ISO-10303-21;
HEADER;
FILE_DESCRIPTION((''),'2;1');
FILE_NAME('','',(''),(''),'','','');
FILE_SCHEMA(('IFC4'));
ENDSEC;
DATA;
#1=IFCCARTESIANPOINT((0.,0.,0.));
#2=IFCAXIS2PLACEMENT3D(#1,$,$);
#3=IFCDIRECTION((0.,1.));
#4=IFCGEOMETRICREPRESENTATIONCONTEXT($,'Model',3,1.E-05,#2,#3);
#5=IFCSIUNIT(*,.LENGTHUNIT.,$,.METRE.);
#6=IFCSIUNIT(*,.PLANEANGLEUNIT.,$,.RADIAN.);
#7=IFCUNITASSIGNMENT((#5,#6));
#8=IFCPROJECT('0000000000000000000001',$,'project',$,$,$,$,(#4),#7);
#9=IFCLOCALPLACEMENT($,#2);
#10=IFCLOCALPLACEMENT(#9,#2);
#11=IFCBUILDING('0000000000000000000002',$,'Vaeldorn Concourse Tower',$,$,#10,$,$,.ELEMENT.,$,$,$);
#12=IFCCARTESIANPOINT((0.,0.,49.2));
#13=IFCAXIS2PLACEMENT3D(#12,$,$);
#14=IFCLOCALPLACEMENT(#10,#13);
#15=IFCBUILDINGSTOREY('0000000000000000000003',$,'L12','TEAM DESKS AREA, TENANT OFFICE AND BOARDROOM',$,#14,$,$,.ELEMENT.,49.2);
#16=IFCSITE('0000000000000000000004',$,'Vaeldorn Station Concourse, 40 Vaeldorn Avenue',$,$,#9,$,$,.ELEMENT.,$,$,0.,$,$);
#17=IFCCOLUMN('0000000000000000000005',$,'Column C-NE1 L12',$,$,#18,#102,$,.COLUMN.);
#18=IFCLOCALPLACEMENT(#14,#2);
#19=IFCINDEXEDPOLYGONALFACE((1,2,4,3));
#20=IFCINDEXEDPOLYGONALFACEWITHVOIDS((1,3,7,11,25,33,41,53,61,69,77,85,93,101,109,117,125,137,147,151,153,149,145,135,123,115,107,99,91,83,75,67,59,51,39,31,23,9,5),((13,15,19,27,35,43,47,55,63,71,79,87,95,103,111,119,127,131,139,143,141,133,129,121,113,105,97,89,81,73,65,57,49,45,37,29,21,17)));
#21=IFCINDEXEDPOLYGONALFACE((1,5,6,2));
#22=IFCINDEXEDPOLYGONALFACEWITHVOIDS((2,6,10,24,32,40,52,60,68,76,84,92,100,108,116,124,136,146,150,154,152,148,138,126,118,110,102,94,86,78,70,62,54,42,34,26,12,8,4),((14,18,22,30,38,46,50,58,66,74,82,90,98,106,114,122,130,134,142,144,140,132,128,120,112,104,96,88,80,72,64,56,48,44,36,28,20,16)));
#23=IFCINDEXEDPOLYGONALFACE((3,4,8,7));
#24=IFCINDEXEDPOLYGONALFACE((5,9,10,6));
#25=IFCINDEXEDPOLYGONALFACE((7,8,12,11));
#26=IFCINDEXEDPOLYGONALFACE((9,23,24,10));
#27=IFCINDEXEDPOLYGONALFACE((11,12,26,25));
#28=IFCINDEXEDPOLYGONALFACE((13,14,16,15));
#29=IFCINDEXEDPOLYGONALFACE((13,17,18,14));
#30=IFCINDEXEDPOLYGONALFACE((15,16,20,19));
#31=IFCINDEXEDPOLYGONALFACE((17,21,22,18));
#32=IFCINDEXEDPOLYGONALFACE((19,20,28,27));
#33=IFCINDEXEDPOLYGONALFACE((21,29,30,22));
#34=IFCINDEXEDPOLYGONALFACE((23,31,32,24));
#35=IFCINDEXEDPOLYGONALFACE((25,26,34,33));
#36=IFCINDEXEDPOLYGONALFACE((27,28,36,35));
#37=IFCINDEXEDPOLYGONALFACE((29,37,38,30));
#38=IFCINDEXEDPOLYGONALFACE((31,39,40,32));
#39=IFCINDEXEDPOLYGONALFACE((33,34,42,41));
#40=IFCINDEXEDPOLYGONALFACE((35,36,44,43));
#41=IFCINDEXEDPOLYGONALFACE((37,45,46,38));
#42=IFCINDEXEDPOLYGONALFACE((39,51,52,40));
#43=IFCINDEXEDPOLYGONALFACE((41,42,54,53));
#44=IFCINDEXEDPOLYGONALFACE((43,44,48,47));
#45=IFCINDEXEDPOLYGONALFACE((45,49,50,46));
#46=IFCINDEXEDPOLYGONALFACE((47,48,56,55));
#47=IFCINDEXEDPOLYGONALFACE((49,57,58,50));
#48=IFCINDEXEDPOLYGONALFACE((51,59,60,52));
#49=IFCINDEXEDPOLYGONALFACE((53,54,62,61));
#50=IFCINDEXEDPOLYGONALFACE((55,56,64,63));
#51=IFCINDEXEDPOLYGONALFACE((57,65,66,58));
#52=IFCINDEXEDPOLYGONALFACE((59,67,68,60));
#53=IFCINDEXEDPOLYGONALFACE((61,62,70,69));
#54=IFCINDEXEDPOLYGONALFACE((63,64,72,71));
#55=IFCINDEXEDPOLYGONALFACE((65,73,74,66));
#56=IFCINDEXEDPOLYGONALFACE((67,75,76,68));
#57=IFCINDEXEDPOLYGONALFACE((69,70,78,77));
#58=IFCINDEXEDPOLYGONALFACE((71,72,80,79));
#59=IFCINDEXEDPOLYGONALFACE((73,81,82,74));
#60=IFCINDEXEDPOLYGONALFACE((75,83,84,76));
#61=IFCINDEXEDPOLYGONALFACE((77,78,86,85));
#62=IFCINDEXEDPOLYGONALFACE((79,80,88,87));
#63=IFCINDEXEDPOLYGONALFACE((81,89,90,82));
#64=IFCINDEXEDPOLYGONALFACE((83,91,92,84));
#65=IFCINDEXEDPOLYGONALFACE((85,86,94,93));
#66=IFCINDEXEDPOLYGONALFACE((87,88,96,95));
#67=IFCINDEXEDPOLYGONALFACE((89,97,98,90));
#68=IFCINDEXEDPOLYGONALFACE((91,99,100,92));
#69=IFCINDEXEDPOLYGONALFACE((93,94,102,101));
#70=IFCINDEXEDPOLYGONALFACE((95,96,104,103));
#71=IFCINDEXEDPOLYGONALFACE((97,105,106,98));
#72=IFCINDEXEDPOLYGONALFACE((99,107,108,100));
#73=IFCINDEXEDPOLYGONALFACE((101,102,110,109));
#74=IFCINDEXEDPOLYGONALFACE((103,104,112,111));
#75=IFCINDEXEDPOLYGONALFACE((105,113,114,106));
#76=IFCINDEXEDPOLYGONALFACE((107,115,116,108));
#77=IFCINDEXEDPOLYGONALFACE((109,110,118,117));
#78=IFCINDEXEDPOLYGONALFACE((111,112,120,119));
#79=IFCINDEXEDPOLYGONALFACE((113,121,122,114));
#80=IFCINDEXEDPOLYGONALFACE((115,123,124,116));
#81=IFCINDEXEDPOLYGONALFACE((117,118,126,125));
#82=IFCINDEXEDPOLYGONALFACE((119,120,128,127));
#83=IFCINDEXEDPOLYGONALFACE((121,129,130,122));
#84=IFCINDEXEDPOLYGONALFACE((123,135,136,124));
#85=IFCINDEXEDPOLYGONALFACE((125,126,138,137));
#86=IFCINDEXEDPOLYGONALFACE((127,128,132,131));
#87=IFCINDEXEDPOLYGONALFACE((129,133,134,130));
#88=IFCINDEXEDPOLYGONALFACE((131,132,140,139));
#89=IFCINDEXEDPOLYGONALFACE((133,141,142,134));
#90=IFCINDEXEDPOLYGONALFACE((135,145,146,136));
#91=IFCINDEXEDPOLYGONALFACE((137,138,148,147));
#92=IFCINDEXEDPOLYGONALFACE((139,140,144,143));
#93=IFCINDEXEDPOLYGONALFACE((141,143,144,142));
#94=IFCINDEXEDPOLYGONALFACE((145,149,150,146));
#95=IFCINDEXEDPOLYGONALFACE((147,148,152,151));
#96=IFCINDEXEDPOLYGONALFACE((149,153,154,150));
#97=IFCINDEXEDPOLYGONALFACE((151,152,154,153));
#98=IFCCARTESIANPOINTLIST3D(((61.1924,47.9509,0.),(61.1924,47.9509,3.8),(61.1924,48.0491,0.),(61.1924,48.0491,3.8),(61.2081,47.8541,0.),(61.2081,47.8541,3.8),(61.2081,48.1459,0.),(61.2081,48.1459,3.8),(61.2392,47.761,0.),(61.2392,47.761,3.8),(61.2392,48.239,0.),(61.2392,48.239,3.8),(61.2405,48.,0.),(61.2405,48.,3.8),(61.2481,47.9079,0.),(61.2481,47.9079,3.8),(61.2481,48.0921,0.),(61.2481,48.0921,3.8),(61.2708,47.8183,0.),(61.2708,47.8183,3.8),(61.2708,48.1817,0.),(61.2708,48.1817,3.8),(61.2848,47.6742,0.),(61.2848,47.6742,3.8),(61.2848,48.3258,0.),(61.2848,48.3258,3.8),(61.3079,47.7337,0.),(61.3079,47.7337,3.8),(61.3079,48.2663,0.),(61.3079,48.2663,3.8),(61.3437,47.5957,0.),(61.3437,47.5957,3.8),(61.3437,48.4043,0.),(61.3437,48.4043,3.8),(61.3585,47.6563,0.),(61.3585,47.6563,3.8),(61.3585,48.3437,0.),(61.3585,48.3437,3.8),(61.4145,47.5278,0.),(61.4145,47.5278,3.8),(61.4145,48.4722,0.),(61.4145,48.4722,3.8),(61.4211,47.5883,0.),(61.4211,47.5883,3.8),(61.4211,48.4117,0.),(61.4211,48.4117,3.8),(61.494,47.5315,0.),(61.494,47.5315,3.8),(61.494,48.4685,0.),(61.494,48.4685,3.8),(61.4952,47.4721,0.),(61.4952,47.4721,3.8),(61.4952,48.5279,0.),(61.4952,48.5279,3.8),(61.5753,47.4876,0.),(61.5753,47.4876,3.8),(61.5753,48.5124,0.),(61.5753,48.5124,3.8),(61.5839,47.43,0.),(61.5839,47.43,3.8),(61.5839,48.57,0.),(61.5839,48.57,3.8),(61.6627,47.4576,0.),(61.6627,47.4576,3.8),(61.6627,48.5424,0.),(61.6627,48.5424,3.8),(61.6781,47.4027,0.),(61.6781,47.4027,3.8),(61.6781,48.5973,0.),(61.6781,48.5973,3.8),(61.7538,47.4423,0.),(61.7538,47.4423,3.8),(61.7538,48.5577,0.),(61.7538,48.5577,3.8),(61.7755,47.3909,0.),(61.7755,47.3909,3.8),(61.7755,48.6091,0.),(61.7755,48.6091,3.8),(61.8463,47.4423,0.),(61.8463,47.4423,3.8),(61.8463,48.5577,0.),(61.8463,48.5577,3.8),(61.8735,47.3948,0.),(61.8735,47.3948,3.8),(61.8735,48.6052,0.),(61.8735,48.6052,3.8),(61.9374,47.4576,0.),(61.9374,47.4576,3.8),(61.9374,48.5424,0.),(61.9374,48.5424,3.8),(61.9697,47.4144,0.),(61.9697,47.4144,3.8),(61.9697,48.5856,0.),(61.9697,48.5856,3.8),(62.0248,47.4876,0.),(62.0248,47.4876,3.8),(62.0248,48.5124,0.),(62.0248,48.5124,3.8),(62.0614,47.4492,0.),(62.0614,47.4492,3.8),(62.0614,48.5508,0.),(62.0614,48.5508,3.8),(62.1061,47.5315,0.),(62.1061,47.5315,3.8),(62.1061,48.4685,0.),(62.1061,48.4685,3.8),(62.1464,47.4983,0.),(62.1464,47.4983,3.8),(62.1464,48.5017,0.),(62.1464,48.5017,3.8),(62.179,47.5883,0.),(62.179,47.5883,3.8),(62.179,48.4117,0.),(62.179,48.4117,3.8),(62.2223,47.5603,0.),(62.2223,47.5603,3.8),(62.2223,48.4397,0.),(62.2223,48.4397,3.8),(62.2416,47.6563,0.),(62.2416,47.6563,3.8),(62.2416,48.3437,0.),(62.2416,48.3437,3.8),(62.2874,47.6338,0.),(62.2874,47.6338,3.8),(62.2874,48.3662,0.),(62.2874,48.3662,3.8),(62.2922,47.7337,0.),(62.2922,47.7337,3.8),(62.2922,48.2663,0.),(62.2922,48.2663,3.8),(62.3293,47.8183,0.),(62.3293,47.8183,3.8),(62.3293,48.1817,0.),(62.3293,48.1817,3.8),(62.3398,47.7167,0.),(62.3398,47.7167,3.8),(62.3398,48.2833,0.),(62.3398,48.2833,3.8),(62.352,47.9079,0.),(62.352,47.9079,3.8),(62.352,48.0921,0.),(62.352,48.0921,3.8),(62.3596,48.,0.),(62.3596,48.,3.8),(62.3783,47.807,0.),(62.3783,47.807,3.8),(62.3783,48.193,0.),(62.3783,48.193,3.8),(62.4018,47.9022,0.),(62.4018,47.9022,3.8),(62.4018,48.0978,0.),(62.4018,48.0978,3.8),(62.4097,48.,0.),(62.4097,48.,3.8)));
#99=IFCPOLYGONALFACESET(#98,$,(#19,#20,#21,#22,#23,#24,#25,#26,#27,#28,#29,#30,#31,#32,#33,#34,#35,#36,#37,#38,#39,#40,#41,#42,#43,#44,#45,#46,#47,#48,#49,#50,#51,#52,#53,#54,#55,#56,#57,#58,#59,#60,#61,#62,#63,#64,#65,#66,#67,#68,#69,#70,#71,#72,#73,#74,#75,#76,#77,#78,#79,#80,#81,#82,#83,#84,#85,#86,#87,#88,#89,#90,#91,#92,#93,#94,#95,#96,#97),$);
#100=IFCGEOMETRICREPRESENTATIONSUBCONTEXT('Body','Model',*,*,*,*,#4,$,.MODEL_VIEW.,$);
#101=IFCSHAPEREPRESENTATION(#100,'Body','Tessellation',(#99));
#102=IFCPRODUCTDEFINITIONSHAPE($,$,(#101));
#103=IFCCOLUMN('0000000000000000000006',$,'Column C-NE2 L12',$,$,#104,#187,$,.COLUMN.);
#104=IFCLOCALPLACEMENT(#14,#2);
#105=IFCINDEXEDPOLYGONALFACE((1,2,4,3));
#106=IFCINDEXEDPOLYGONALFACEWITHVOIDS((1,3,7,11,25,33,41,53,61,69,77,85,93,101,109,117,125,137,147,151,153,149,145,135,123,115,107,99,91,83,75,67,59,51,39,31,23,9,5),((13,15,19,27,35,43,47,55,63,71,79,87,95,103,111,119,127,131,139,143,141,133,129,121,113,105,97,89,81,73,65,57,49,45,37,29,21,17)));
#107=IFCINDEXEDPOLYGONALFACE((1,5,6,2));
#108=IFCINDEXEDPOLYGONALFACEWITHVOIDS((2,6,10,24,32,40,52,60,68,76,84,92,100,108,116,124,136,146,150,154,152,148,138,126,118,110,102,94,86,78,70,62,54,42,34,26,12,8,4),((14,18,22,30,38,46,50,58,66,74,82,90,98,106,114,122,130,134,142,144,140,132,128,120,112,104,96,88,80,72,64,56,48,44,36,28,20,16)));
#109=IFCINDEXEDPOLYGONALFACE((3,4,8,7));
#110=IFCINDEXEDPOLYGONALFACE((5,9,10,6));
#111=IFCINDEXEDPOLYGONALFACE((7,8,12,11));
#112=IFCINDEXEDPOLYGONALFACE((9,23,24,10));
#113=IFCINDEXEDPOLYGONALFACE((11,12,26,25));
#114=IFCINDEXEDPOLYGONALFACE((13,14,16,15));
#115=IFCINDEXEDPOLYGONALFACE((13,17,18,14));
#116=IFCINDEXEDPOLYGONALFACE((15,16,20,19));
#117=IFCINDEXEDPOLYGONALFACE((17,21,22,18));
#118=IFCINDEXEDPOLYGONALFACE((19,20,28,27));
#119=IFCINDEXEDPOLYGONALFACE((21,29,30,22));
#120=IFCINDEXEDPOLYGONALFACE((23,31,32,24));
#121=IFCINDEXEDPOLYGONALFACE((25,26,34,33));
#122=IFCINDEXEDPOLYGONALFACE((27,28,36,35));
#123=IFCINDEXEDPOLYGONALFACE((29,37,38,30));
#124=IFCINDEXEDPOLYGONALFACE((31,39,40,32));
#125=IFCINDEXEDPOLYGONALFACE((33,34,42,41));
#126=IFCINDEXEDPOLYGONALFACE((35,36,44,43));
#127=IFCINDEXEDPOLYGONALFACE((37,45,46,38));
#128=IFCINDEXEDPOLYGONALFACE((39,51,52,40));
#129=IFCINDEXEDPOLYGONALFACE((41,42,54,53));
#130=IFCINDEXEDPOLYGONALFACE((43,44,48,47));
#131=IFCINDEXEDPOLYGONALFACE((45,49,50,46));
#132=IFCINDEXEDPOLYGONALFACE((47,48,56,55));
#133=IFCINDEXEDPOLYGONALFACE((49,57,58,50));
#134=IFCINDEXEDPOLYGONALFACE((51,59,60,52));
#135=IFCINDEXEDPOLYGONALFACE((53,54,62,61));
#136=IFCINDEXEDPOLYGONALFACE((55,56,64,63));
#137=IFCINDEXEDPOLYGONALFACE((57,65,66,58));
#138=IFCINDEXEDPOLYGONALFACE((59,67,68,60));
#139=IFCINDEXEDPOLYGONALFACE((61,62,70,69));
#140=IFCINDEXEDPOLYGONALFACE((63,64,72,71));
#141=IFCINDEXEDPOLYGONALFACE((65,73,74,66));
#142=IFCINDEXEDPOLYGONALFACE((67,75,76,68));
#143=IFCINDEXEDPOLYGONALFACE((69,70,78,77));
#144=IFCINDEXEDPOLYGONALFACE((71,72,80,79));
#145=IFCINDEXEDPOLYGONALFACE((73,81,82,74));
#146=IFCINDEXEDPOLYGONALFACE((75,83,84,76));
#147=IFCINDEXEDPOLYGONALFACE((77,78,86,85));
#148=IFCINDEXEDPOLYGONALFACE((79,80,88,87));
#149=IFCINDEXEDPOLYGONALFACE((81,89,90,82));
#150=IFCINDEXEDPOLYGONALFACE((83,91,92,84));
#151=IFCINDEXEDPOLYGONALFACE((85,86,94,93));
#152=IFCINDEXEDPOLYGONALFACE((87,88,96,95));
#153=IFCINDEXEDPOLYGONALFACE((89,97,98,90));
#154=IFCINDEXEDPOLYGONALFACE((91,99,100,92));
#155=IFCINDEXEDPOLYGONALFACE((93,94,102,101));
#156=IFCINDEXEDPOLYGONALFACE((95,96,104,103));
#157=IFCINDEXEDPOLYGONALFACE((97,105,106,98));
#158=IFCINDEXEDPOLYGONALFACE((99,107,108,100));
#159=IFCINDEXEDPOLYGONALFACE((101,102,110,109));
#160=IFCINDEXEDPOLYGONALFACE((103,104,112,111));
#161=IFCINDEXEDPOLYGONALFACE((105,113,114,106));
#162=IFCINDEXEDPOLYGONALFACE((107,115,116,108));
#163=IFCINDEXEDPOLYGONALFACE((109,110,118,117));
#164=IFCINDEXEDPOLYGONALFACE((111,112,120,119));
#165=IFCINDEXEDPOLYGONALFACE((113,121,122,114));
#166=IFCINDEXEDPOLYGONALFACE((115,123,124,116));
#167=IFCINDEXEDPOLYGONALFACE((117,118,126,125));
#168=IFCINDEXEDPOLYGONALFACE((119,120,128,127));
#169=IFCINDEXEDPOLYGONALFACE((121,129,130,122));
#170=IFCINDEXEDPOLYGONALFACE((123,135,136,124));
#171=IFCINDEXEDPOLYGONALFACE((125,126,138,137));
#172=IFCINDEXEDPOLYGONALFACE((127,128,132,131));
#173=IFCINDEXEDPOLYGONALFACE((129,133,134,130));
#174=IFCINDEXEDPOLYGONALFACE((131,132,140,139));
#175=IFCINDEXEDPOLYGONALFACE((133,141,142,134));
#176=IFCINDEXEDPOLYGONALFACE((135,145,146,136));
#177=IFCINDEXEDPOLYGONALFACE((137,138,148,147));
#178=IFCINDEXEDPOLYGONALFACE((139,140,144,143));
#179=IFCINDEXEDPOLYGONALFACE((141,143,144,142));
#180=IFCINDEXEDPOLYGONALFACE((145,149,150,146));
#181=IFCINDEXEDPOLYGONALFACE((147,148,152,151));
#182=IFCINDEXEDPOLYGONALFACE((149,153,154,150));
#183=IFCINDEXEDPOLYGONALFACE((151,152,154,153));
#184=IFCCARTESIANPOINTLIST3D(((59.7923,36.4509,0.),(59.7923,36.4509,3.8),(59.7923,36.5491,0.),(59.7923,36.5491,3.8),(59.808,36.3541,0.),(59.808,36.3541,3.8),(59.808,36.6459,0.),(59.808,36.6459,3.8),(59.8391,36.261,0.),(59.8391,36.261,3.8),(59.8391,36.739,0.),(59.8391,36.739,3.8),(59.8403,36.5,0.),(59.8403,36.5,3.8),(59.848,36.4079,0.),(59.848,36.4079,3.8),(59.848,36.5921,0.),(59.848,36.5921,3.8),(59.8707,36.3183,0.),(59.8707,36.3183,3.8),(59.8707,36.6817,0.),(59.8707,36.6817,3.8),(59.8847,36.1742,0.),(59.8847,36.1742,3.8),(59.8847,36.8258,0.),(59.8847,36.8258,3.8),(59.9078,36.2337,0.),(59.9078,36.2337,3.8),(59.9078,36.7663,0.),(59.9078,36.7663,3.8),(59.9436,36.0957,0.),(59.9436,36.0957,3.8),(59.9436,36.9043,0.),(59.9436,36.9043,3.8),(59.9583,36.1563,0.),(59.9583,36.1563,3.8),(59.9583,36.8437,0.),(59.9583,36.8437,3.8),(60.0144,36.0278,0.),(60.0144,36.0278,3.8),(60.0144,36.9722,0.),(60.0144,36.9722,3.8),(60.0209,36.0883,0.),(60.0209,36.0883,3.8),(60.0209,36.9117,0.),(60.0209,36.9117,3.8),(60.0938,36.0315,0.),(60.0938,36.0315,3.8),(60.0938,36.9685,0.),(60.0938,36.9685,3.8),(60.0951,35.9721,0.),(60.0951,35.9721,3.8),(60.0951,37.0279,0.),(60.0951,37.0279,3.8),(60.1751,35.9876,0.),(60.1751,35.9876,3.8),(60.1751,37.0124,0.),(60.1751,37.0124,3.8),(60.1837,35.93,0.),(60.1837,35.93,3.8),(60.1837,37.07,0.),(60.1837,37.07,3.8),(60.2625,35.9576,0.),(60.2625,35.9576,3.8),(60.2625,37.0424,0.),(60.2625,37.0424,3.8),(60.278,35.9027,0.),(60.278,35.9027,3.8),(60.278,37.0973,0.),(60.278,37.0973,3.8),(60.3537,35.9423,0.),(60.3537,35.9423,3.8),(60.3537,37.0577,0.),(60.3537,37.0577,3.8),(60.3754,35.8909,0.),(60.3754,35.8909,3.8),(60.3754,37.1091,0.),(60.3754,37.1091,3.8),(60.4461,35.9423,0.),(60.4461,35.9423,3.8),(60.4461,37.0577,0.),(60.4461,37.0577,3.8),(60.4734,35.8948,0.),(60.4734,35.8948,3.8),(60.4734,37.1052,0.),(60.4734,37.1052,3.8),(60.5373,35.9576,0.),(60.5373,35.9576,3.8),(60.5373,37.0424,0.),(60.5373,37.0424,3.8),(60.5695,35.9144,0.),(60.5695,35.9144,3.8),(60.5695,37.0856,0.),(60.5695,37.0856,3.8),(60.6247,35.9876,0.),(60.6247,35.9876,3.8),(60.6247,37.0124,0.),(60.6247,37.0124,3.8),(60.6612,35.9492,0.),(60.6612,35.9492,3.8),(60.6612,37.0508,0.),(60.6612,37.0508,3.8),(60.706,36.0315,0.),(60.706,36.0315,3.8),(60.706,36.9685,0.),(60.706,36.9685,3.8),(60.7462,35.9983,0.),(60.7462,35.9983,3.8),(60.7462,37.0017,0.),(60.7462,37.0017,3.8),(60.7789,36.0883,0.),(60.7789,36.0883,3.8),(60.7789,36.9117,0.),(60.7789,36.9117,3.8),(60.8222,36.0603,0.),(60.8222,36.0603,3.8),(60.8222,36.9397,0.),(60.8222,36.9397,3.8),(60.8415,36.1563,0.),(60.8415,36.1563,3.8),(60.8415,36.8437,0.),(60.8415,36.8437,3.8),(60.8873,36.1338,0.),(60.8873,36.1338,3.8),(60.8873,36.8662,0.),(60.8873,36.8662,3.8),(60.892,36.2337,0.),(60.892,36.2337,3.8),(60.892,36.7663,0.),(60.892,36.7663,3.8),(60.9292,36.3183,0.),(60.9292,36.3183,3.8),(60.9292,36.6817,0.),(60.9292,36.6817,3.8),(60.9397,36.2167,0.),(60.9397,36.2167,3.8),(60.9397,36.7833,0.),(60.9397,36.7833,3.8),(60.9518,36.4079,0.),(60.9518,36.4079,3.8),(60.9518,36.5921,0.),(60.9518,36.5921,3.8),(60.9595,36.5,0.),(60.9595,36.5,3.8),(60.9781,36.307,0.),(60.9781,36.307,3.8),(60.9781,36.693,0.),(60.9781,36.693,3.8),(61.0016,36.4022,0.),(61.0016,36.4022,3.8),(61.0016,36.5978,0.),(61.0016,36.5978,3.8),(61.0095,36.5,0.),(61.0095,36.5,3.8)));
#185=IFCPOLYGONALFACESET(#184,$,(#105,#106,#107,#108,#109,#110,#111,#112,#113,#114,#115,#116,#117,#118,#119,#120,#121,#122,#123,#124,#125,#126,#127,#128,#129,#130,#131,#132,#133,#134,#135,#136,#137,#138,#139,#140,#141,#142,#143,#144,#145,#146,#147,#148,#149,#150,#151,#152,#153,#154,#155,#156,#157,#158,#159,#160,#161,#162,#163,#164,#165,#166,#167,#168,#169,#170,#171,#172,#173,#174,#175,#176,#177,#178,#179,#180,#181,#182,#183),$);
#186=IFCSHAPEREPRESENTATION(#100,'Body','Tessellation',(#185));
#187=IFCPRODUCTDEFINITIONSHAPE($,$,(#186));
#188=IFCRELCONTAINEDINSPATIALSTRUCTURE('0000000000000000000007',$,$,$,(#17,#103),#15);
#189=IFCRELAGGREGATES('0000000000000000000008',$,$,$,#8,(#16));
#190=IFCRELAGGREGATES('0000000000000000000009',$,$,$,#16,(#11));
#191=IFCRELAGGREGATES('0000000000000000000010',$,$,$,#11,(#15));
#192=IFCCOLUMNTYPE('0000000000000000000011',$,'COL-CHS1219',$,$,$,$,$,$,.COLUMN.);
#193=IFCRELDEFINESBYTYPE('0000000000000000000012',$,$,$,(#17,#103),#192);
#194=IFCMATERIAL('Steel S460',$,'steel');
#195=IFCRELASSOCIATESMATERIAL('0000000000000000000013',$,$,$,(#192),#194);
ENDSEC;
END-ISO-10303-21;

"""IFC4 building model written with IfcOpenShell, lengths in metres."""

from ifc_helpers import new_model, si_unit, direction, frame, origin, origin_2d, place, context, subcontext, project, spatial, hollow_circle, extrude, source, transform, mapped, material, material_profile, profile_set, type_object, element, save


model = new_model("IFC4")

# Units and contexts
model_context = context("Model", 3, precision=1e-05, world=origin(), true_north=direction((0.0, 1.0)))
body_context = subcontext(model_context, "Body", "Model", "MODEL_VIEW")
ifc_project = project(units=[si_unit("LENGTHUNIT", "METRE"), si_unit("PLANEANGLEUNIT", "RADIAN")], contexts=[model_context])

# Site, building, storey
site_placement = place(None, origin())
site = spatial("IfcSite", under=ifc_project, at=site_placement, Name="Vaeldorn Station Concourse, 40 Vaeldorn Avenue", CompositionType="ELEMENT", RefElevation=0.0)
building_placement = place(site_placement, origin())
building = spatial("IfcBuilding", under=site, at=building_placement, Name="Vaeldorn Concourse Tower", CompositionType="ELEMENT")
storey_placement = place(building_placement, frame((0.0, 0.0, 49.2)))
storey = spatial("IfcBuildingStorey", under=building, at=storey_placement, Name="L12", Description="TEAM DESKS AREA, TENANT OFFICE AND BOARDROOM", CompositionType="ELEMENT", Elevation=49.2)

# Columns
ifc_material_1 = material(Name="Steel S460", Category="steel")
ifc_material_profile_1 = material_profile(ifc_material_1, hollow_circle(Radius=0.6096, WallThickness=0.05, at=origin_2d()), Name="CHS 1219x50")
ifc_profile_set_1 = profile_set([ifc_material_profile_1], Name="Steel S460")
column_type = type_object("IfcColumnType", Name="COL-CHS1219", PredefinedType="COLUMN", material=ifc_profile_set_1)
shared_shape_1 = source(origin(), body_context, "Body", "SweptSolid", [
    extrude(hollow_circle(Radius=0.6096, WallThickness=0.05, at=origin_2d()), origin(), (0.0, 0.0, 1.0), 3.8),
])
for number, where, z_axis, x_axis, name in (
    (1, (61.8, 48.0, 0.0), (0.0, 0.0, 1.0), (1.0, 0.0, 0.0), "Column C-NE1 L12"),
    (2, (60.3999, 36.5, 0.0), (0.0, 0.0, 1.0), (1.0, 0.0, 0.0), "Column C-NE2 L12"),
):
    element("IfcColumn", number, at=place(storey_placement, frame(where, z_axis=z_axis, x_axis=x_axis)), inside=storey, type_object=column_type, Name=name, PredefinedType="COLUMN", context=body_context, shape_type="MappedRepresentation", body=[
        mapped(shared_shape_1, transform((0.0, 0.0, 0.0), scale=1.0)),
    ])

save(model, "model.ifc")
